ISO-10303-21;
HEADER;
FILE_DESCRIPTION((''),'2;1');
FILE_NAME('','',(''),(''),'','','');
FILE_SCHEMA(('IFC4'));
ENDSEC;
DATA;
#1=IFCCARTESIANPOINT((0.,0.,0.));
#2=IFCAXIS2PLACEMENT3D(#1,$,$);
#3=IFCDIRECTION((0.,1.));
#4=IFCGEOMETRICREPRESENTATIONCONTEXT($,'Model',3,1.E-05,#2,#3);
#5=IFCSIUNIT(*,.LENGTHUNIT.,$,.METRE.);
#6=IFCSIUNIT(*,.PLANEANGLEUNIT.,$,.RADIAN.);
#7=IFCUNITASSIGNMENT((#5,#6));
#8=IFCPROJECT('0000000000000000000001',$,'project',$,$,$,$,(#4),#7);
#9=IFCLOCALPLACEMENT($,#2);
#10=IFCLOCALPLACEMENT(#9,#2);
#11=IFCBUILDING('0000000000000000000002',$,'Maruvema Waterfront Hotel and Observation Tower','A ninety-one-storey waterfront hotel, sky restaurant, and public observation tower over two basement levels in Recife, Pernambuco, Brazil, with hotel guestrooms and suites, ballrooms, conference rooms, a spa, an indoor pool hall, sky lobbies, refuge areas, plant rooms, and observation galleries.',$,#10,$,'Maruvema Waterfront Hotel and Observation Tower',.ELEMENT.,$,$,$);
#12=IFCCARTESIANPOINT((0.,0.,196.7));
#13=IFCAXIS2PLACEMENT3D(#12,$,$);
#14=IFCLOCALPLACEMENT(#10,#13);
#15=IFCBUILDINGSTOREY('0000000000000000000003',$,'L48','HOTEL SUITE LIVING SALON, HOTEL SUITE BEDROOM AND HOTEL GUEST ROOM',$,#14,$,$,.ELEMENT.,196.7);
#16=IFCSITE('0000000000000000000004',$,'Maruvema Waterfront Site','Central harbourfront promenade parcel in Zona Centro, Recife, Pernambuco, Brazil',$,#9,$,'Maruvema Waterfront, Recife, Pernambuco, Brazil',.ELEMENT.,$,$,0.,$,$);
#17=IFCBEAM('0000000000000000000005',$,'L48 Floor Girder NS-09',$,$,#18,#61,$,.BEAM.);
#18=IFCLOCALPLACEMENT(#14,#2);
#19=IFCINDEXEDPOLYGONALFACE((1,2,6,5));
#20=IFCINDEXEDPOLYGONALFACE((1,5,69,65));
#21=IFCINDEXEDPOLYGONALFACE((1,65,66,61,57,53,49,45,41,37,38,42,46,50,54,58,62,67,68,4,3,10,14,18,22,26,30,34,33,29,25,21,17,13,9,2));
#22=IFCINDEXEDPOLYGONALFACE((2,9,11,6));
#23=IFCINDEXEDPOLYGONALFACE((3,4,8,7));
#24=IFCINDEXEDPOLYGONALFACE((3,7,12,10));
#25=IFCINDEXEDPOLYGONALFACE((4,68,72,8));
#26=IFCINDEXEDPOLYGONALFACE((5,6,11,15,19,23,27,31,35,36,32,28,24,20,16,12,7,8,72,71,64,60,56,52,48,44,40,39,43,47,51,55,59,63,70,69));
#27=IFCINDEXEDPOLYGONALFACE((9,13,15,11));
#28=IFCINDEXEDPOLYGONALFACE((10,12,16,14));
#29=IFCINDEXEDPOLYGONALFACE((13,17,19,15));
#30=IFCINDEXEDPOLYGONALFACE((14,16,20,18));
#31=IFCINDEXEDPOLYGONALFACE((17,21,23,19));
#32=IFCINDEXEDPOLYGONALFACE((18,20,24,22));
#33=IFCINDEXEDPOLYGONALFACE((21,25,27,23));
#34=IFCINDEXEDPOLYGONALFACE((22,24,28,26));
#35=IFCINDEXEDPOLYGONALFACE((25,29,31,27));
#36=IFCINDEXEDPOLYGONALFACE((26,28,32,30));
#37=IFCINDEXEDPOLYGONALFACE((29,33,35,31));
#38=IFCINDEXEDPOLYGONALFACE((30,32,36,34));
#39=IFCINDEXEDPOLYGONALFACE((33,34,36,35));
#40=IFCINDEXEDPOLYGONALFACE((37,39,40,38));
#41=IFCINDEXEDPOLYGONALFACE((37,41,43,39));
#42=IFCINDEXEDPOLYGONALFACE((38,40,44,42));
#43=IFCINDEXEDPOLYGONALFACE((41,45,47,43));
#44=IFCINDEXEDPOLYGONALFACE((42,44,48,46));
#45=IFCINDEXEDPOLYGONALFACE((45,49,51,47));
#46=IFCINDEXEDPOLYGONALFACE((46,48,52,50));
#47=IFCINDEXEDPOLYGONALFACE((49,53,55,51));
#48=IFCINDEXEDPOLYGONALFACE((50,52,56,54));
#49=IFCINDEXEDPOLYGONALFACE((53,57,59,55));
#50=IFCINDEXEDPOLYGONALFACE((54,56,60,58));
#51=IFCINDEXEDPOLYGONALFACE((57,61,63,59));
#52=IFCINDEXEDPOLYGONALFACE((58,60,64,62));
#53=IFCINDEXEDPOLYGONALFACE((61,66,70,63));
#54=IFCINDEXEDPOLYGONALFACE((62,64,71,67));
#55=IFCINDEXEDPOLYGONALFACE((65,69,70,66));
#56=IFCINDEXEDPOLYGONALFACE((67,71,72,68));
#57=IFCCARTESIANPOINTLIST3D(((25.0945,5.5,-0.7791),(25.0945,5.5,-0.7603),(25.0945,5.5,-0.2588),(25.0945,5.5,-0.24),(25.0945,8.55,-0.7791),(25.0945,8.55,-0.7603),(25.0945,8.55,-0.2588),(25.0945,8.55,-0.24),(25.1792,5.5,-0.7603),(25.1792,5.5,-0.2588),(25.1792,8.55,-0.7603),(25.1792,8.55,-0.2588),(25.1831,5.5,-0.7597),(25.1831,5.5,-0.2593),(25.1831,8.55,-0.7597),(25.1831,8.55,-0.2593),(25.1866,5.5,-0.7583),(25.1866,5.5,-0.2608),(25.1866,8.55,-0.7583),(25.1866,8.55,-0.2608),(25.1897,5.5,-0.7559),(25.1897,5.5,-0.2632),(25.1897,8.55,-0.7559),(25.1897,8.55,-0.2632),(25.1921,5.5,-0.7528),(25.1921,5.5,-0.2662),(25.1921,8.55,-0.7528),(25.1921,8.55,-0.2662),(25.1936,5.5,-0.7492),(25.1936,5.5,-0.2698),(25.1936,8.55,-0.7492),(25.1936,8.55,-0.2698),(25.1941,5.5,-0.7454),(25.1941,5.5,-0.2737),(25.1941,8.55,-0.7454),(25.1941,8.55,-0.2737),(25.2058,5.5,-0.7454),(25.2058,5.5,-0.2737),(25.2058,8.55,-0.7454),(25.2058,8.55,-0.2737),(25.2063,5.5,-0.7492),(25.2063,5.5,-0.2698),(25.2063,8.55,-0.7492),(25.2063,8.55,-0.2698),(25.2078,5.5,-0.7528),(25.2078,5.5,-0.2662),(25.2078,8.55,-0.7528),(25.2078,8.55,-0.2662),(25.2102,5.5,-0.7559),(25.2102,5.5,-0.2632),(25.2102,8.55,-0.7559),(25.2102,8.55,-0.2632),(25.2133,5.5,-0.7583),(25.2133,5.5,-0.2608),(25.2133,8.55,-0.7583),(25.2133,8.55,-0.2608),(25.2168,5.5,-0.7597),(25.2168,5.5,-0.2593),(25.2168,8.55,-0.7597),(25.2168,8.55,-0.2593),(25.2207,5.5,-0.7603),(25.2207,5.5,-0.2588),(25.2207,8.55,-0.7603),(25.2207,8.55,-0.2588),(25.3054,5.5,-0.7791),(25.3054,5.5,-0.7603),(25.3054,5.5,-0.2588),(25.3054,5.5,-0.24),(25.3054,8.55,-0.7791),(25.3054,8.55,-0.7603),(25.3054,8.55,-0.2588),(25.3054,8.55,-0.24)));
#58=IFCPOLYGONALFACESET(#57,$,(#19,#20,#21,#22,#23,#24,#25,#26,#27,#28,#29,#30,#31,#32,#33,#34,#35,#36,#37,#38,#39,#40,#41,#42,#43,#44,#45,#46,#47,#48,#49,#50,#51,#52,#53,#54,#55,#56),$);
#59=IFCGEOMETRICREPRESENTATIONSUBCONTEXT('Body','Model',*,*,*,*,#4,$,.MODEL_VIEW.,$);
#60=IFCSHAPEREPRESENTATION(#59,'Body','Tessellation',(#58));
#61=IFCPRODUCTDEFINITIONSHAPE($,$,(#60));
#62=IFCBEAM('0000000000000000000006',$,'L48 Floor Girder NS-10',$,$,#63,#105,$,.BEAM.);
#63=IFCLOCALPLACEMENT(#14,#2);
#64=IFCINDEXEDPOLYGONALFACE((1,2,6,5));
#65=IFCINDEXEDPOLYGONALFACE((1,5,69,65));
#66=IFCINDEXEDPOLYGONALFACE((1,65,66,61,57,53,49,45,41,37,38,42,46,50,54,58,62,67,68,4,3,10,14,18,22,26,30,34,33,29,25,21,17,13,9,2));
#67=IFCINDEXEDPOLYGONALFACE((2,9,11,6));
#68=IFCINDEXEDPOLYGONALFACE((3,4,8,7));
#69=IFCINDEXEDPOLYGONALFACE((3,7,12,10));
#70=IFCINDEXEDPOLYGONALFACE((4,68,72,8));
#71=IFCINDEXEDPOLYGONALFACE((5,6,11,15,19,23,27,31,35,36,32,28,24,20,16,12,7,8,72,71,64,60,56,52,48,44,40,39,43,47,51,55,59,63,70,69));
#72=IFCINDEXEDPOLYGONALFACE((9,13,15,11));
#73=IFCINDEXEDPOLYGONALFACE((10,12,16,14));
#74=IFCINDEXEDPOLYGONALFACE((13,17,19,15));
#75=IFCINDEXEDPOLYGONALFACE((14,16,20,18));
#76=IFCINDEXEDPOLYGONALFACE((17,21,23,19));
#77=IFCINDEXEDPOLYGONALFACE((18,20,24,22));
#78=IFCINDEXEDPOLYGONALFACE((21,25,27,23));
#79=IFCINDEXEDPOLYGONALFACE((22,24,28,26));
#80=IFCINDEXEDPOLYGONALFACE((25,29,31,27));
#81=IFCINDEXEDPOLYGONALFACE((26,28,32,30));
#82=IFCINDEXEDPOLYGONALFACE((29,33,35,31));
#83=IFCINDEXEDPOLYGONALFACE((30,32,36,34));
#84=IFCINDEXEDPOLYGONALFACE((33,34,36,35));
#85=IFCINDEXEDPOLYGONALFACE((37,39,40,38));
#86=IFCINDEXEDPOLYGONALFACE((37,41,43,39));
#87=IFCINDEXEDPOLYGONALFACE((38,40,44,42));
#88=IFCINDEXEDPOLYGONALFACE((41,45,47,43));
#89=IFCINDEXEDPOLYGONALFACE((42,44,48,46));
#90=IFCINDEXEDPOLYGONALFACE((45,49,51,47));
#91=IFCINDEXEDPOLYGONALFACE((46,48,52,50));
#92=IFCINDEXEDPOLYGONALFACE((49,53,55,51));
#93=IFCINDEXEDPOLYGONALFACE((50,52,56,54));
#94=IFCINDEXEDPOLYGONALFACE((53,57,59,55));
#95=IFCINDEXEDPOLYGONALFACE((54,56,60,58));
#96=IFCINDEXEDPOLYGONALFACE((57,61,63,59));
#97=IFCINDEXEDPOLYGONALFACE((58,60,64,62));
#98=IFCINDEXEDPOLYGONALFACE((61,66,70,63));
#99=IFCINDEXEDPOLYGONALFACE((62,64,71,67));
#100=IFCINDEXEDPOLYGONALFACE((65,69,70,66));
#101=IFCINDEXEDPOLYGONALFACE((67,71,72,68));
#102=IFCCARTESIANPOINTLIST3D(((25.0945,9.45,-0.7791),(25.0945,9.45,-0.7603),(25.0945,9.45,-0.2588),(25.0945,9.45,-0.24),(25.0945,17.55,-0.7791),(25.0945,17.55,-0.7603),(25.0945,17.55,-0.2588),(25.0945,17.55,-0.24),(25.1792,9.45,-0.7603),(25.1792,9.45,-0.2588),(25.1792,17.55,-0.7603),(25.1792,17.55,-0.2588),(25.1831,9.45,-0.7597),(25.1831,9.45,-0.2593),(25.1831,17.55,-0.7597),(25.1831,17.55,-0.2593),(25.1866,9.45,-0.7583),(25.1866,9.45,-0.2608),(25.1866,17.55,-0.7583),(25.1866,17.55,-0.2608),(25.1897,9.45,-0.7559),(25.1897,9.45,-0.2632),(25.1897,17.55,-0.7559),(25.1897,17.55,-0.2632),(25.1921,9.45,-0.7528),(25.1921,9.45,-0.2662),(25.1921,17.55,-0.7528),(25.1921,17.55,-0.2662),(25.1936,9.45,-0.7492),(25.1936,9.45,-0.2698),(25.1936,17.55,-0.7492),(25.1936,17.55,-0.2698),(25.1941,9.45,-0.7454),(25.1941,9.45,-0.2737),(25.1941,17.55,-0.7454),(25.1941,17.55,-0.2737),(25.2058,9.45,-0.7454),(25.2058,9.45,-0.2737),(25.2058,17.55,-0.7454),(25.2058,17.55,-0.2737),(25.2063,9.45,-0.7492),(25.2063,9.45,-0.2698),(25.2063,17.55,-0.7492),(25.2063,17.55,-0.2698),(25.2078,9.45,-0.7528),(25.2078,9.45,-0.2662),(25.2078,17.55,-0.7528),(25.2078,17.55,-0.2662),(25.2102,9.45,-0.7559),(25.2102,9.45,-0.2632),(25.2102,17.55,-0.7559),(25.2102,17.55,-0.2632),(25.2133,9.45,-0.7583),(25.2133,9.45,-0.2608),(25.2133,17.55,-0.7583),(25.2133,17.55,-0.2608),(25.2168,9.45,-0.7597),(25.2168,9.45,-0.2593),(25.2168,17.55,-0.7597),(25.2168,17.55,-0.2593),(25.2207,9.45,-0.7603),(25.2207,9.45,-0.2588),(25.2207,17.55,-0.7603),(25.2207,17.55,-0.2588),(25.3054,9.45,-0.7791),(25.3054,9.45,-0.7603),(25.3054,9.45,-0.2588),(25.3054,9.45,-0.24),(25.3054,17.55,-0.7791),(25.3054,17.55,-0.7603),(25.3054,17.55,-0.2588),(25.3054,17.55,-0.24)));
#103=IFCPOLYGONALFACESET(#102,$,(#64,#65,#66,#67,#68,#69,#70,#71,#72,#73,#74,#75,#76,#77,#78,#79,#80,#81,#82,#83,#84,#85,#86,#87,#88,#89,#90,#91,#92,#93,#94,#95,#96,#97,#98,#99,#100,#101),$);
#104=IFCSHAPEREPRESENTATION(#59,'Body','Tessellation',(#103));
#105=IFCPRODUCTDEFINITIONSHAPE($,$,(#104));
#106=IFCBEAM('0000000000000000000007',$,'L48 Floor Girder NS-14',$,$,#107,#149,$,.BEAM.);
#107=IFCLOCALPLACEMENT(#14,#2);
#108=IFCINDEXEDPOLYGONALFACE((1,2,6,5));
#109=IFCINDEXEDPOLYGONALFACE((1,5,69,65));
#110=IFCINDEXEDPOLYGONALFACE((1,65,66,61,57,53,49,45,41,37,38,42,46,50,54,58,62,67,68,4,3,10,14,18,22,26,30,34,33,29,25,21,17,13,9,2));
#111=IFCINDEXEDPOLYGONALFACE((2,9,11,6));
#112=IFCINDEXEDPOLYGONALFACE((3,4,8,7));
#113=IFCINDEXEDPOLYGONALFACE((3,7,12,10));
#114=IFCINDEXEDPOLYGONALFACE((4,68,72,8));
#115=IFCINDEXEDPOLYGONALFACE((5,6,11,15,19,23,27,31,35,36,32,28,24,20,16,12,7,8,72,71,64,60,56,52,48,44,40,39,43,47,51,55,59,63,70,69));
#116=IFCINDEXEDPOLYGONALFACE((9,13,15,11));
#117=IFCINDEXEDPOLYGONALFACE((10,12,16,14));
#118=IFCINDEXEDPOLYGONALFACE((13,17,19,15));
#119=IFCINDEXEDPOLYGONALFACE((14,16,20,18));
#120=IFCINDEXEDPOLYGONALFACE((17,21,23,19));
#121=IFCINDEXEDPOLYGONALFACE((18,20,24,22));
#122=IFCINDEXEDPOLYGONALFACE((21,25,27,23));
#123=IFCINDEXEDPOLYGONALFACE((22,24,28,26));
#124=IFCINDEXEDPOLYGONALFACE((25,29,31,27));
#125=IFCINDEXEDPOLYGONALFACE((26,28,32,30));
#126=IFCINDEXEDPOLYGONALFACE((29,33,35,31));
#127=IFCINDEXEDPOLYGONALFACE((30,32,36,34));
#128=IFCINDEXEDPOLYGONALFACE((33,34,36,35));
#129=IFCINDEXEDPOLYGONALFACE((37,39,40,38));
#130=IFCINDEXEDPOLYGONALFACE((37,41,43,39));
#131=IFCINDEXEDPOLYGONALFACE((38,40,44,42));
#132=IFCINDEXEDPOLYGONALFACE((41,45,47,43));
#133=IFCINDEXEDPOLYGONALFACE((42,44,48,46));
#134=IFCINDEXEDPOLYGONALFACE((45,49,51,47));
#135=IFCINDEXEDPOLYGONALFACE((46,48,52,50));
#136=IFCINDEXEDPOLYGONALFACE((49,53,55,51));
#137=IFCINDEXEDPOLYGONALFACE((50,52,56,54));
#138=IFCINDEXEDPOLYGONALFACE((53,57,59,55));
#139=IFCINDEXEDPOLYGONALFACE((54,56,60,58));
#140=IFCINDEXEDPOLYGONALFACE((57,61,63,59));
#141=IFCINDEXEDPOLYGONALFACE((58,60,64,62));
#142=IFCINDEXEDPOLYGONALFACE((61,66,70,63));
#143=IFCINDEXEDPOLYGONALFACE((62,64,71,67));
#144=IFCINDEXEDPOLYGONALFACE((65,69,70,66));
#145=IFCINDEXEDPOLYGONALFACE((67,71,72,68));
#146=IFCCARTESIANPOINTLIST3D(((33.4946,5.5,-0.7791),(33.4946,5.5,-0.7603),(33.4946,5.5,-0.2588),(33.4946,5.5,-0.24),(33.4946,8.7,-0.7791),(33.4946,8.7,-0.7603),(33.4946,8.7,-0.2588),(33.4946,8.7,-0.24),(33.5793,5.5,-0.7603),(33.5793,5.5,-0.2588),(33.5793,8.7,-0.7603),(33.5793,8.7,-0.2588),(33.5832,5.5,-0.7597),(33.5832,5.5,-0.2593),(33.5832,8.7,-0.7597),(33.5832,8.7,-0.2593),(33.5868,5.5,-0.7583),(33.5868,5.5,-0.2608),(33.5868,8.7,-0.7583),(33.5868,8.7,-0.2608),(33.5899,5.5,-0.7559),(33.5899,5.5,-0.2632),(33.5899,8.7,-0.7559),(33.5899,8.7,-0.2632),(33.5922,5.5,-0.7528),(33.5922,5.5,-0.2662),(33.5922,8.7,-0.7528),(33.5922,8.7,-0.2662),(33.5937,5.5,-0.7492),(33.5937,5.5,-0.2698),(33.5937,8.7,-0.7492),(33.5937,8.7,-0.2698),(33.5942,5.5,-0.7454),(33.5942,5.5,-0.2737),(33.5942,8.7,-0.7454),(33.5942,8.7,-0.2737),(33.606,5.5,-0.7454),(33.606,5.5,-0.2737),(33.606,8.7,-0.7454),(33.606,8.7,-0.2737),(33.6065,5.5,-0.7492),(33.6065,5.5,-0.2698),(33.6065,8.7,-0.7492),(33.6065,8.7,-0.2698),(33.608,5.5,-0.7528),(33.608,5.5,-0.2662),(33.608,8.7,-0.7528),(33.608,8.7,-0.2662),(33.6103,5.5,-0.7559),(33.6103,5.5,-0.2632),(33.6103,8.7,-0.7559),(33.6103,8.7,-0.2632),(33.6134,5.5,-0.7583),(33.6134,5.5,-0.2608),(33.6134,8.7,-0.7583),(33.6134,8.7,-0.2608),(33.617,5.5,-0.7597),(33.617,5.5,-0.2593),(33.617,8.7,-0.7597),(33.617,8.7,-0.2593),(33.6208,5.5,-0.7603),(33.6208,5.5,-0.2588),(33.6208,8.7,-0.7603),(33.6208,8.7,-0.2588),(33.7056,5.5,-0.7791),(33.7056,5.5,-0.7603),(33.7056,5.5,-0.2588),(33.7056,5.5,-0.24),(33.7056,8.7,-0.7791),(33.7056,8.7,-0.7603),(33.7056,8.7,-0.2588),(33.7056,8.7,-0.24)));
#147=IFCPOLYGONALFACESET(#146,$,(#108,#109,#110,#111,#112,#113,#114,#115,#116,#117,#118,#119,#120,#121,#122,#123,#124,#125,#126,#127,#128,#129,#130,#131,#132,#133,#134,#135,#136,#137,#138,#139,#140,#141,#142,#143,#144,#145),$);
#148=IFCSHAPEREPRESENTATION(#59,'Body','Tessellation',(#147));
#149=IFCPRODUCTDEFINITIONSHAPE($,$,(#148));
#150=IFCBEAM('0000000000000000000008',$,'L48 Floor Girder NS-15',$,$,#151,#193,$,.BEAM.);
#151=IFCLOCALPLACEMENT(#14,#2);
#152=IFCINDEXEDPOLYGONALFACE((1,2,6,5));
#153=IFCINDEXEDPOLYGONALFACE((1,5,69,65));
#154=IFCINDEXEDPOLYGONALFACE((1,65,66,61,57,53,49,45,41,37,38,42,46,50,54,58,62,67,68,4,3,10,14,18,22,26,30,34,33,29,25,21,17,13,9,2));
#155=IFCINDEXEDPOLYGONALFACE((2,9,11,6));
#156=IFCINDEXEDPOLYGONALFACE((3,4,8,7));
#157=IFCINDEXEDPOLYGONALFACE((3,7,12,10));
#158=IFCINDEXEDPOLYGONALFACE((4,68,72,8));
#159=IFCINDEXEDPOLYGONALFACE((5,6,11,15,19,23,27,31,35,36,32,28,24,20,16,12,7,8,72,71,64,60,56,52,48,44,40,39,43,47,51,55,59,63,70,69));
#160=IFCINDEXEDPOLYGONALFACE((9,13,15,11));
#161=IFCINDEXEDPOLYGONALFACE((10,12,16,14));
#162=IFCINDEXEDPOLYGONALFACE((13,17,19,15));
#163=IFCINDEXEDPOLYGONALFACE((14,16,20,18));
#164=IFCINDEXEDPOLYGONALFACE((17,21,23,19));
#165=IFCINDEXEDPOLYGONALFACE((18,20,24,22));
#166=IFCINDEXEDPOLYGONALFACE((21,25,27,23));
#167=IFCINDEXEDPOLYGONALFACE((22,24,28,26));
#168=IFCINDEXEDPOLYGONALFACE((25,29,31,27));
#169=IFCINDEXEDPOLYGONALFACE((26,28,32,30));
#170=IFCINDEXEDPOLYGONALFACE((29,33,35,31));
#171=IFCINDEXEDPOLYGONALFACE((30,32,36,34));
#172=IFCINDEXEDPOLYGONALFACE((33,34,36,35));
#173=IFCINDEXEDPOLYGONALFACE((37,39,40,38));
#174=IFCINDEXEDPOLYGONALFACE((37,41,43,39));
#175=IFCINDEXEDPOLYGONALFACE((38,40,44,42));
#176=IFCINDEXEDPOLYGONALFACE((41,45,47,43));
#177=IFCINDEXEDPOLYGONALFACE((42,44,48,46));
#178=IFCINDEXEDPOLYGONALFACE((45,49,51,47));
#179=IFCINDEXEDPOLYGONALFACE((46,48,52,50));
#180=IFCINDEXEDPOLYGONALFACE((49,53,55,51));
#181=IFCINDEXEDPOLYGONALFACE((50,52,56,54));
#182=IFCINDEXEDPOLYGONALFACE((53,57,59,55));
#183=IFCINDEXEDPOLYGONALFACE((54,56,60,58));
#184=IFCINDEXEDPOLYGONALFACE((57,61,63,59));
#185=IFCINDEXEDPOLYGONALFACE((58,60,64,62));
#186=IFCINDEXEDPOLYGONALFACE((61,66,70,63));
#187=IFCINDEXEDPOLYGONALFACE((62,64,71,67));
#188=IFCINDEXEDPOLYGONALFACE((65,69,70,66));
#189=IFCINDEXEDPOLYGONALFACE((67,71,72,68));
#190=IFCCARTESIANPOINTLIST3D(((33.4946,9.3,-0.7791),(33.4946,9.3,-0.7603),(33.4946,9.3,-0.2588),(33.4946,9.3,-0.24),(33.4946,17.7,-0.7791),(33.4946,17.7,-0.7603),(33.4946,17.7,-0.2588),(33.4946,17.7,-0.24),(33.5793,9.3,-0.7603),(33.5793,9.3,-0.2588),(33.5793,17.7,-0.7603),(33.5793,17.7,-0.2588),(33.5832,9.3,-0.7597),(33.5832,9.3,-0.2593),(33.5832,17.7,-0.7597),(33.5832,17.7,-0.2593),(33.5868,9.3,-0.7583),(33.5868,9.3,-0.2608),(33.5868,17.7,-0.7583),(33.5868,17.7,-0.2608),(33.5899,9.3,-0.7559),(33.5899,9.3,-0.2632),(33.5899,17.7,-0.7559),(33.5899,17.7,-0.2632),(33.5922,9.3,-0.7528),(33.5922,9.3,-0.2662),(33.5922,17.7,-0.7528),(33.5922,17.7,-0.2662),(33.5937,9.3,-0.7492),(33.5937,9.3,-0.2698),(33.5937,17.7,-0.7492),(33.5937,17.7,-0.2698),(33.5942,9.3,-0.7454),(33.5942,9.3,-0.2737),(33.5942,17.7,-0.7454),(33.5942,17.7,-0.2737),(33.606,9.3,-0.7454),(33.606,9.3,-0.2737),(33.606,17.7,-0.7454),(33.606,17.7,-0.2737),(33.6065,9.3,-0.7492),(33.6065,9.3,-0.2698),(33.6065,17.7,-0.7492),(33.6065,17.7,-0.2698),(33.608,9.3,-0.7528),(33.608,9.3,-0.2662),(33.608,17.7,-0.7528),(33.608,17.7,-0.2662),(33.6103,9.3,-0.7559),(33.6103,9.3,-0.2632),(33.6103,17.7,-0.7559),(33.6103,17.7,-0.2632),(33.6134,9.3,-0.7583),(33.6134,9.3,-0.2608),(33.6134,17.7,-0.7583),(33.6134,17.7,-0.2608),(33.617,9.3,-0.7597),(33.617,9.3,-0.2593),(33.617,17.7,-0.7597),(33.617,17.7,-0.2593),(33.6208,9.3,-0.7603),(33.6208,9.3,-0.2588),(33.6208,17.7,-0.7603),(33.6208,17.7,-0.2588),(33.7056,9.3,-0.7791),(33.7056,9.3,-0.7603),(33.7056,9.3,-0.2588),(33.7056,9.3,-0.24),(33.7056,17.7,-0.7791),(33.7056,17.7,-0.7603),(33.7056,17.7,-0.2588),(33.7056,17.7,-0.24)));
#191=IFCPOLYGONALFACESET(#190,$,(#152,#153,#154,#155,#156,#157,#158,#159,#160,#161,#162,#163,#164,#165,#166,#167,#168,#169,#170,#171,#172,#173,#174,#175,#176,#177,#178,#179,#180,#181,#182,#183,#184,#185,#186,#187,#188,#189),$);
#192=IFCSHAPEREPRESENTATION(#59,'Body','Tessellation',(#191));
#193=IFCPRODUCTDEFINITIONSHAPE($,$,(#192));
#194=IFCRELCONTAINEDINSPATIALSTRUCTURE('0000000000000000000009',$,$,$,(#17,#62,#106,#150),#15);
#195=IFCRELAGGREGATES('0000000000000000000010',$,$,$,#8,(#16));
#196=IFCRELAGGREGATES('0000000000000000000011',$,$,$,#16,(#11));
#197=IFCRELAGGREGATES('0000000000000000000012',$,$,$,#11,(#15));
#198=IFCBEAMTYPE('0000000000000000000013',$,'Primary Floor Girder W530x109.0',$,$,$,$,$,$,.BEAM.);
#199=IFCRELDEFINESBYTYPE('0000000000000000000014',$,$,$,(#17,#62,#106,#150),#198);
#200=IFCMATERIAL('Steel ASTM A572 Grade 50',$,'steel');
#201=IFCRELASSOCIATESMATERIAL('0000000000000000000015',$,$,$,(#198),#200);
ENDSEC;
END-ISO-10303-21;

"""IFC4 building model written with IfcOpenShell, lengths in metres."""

from ifc_helpers import new_model, si_unit, direction, frame, origin, origin_2d, place, context, subcontext, project, spatial, i_section, extrude, material, material_profile, profile_set, type_object, element, save


model = new_model("IFC4")

# Units and contexts
model_context = context("Model", 3, precision=1e-05, world=origin(), true_north=direction((0.0, 1.0)))
body_context = subcontext(model_context, "Body", "Model", "MODEL_VIEW")
ifc_project = project(units=[si_unit("LENGTHUNIT", "METRE"), si_unit("PLANEANGLEUNIT", "RADIAN")], contexts=[model_context])

# Site, building, storey
site_placement = place(None, origin())
site = spatial("IfcSite", under=ifc_project, at=site_placement, Name="Maruvema Waterfront Site", Description="Central harbourfront promenade parcel in Zona Centro, Recife, Pernambuco, Brazil", LongName="Maruvema Waterfront, Recife, Pernambuco, Brazil", CompositionType="ELEMENT", RefElevation=0.0)
building_placement = place(site_placement, origin())
building = spatial("IfcBuilding", under=site, at=building_placement, Name="Maruvema Waterfront Hotel and Observation Tower", Description="A ninety-one-storey waterfront hotel, sky restaurant, and public observation tower over two basement levels in Recife, Pernambuco, Brazil, with hotel guestrooms and suites, ballrooms, conference rooms, a spa, an indoor pool hall, sky lobbies, refuge areas, plant rooms, and observation galleries.", LongName="Maruvema Waterfront Hotel and Observation Tower", CompositionType="ELEMENT")
storey_placement = place(building_placement, frame((0.0, 0.0, 196.7)))
storey = spatial("IfcBuildingStorey", under=building, at=storey_placement, Name="L48", Description="HOTEL SUITE LIVING SALON, HOTEL SUITE BEDROOM AND HOTEL GUEST ROOM", CompositionType="ELEMENT", Elevation=196.7)

# Beams
ifc_material_1 = material(Name="Steel ASTM A572 Grade 50", Category="steel")
ifc_material_profile_1 = material_profile(ifc_material_1, i_section(OverallWidth=0.2109, OverallDepth=0.5391, WebThickness=0.0117, FlangeThickness=0.0188, FilletRadius=0.0149, at=origin_2d()), Name="W530x109.0")
ifc_profile_set_1 = profile_set([ifc_material_profile_1], Name="Steel ASTM A572 Grade 50")
beam_type_1 = type_object("IfcBeamType", Name="Primary Floor Girder W530x109.0", PredefinedType="BEAM", material=ifc_profile_set_1)
beam_1_placement = place(storey_placement, frame((25.2, 5.5, -0.5095), z_axis=(0.0, 1.0, 0.0), x_axis=(-1.0, 0.0, 0.0)))
element("IfcBeam", 1, at=beam_1_placement, inside=storey, type_object=beam_type_1, Name="L48 Floor Girder NS-09", PredefinedType="BEAM", context=body_context, shape_type="SweptSolid", body=[
    extrude(i_section(OverallWidth=0.2109, OverallDepth=0.5391, WebThickness=0.0117, FlangeThickness=0.0188, FilletRadius=0.0149, at=origin_2d()), origin(), (0.0, 0.0, 1.0), 3.05),
])
beam_2_placement = place(storey_placement, frame((25.2, 9.45, -0.5095), z_axis=(0.0, 1.0, 0.0), x_axis=(-1.0, 0.0, 0.0)))
element("IfcBeam", 2, at=beam_2_placement, inside=storey, type_object=beam_type_1, Name="L48 Floor Girder NS-10", PredefinedType="BEAM", context=body_context, shape_type="SweptSolid", body=[
    extrude(i_section(OverallWidth=0.2109, OverallDepth=0.5391, WebThickness=0.0117, FlangeThickness=0.0188, FilletRadius=0.0149, at=origin_2d()), origin(), (0.0, 0.0, 1.0), 8.1001),
])
beam_3_placement = place(storey_placement, frame((33.6001, 5.5, -0.5095), z_axis=(0.0, 1.0, 0.0), x_axis=(-1.0, 0.0, 0.0)))
element("IfcBeam", 3, at=beam_3_placement, inside=storey, type_object=beam_type_1, Name="L48 Floor Girder NS-14", PredefinedType="BEAM", context=body_context, shape_type="SweptSolid", body=[
    extrude(i_section(OverallWidth=0.2109, OverallDepth=0.5391, WebThickness=0.0117, FlangeThickness=0.0188, FilletRadius=0.0149, at=origin_2d()), origin(), (0.0, 0.0, 1.0), 3.2),
])
beam_4_placement = place(storey_placement, frame((33.6001, 9.3, -0.5095), z_axis=(0.0, 1.0, 0.0), x_axis=(-1.0, 0.0, 0.0)))
element("IfcBeam", 4, at=beam_4_placement, inside=storey, type_object=beam_type_1, Name="L48 Floor Girder NS-15", PredefinedType="BEAM", context=body_context, shape_type="SweptSolid", body=[
    extrude(i_section(OverallWidth=0.2109, OverallDepth=0.5391, WebThickness=0.0117, FlangeThickness=0.0188, FilletRadius=0.0149, at=origin_2d()), origin(), (0.0, 0.0, 1.0), 8.3999),
])

save(model, "model.ifc")
